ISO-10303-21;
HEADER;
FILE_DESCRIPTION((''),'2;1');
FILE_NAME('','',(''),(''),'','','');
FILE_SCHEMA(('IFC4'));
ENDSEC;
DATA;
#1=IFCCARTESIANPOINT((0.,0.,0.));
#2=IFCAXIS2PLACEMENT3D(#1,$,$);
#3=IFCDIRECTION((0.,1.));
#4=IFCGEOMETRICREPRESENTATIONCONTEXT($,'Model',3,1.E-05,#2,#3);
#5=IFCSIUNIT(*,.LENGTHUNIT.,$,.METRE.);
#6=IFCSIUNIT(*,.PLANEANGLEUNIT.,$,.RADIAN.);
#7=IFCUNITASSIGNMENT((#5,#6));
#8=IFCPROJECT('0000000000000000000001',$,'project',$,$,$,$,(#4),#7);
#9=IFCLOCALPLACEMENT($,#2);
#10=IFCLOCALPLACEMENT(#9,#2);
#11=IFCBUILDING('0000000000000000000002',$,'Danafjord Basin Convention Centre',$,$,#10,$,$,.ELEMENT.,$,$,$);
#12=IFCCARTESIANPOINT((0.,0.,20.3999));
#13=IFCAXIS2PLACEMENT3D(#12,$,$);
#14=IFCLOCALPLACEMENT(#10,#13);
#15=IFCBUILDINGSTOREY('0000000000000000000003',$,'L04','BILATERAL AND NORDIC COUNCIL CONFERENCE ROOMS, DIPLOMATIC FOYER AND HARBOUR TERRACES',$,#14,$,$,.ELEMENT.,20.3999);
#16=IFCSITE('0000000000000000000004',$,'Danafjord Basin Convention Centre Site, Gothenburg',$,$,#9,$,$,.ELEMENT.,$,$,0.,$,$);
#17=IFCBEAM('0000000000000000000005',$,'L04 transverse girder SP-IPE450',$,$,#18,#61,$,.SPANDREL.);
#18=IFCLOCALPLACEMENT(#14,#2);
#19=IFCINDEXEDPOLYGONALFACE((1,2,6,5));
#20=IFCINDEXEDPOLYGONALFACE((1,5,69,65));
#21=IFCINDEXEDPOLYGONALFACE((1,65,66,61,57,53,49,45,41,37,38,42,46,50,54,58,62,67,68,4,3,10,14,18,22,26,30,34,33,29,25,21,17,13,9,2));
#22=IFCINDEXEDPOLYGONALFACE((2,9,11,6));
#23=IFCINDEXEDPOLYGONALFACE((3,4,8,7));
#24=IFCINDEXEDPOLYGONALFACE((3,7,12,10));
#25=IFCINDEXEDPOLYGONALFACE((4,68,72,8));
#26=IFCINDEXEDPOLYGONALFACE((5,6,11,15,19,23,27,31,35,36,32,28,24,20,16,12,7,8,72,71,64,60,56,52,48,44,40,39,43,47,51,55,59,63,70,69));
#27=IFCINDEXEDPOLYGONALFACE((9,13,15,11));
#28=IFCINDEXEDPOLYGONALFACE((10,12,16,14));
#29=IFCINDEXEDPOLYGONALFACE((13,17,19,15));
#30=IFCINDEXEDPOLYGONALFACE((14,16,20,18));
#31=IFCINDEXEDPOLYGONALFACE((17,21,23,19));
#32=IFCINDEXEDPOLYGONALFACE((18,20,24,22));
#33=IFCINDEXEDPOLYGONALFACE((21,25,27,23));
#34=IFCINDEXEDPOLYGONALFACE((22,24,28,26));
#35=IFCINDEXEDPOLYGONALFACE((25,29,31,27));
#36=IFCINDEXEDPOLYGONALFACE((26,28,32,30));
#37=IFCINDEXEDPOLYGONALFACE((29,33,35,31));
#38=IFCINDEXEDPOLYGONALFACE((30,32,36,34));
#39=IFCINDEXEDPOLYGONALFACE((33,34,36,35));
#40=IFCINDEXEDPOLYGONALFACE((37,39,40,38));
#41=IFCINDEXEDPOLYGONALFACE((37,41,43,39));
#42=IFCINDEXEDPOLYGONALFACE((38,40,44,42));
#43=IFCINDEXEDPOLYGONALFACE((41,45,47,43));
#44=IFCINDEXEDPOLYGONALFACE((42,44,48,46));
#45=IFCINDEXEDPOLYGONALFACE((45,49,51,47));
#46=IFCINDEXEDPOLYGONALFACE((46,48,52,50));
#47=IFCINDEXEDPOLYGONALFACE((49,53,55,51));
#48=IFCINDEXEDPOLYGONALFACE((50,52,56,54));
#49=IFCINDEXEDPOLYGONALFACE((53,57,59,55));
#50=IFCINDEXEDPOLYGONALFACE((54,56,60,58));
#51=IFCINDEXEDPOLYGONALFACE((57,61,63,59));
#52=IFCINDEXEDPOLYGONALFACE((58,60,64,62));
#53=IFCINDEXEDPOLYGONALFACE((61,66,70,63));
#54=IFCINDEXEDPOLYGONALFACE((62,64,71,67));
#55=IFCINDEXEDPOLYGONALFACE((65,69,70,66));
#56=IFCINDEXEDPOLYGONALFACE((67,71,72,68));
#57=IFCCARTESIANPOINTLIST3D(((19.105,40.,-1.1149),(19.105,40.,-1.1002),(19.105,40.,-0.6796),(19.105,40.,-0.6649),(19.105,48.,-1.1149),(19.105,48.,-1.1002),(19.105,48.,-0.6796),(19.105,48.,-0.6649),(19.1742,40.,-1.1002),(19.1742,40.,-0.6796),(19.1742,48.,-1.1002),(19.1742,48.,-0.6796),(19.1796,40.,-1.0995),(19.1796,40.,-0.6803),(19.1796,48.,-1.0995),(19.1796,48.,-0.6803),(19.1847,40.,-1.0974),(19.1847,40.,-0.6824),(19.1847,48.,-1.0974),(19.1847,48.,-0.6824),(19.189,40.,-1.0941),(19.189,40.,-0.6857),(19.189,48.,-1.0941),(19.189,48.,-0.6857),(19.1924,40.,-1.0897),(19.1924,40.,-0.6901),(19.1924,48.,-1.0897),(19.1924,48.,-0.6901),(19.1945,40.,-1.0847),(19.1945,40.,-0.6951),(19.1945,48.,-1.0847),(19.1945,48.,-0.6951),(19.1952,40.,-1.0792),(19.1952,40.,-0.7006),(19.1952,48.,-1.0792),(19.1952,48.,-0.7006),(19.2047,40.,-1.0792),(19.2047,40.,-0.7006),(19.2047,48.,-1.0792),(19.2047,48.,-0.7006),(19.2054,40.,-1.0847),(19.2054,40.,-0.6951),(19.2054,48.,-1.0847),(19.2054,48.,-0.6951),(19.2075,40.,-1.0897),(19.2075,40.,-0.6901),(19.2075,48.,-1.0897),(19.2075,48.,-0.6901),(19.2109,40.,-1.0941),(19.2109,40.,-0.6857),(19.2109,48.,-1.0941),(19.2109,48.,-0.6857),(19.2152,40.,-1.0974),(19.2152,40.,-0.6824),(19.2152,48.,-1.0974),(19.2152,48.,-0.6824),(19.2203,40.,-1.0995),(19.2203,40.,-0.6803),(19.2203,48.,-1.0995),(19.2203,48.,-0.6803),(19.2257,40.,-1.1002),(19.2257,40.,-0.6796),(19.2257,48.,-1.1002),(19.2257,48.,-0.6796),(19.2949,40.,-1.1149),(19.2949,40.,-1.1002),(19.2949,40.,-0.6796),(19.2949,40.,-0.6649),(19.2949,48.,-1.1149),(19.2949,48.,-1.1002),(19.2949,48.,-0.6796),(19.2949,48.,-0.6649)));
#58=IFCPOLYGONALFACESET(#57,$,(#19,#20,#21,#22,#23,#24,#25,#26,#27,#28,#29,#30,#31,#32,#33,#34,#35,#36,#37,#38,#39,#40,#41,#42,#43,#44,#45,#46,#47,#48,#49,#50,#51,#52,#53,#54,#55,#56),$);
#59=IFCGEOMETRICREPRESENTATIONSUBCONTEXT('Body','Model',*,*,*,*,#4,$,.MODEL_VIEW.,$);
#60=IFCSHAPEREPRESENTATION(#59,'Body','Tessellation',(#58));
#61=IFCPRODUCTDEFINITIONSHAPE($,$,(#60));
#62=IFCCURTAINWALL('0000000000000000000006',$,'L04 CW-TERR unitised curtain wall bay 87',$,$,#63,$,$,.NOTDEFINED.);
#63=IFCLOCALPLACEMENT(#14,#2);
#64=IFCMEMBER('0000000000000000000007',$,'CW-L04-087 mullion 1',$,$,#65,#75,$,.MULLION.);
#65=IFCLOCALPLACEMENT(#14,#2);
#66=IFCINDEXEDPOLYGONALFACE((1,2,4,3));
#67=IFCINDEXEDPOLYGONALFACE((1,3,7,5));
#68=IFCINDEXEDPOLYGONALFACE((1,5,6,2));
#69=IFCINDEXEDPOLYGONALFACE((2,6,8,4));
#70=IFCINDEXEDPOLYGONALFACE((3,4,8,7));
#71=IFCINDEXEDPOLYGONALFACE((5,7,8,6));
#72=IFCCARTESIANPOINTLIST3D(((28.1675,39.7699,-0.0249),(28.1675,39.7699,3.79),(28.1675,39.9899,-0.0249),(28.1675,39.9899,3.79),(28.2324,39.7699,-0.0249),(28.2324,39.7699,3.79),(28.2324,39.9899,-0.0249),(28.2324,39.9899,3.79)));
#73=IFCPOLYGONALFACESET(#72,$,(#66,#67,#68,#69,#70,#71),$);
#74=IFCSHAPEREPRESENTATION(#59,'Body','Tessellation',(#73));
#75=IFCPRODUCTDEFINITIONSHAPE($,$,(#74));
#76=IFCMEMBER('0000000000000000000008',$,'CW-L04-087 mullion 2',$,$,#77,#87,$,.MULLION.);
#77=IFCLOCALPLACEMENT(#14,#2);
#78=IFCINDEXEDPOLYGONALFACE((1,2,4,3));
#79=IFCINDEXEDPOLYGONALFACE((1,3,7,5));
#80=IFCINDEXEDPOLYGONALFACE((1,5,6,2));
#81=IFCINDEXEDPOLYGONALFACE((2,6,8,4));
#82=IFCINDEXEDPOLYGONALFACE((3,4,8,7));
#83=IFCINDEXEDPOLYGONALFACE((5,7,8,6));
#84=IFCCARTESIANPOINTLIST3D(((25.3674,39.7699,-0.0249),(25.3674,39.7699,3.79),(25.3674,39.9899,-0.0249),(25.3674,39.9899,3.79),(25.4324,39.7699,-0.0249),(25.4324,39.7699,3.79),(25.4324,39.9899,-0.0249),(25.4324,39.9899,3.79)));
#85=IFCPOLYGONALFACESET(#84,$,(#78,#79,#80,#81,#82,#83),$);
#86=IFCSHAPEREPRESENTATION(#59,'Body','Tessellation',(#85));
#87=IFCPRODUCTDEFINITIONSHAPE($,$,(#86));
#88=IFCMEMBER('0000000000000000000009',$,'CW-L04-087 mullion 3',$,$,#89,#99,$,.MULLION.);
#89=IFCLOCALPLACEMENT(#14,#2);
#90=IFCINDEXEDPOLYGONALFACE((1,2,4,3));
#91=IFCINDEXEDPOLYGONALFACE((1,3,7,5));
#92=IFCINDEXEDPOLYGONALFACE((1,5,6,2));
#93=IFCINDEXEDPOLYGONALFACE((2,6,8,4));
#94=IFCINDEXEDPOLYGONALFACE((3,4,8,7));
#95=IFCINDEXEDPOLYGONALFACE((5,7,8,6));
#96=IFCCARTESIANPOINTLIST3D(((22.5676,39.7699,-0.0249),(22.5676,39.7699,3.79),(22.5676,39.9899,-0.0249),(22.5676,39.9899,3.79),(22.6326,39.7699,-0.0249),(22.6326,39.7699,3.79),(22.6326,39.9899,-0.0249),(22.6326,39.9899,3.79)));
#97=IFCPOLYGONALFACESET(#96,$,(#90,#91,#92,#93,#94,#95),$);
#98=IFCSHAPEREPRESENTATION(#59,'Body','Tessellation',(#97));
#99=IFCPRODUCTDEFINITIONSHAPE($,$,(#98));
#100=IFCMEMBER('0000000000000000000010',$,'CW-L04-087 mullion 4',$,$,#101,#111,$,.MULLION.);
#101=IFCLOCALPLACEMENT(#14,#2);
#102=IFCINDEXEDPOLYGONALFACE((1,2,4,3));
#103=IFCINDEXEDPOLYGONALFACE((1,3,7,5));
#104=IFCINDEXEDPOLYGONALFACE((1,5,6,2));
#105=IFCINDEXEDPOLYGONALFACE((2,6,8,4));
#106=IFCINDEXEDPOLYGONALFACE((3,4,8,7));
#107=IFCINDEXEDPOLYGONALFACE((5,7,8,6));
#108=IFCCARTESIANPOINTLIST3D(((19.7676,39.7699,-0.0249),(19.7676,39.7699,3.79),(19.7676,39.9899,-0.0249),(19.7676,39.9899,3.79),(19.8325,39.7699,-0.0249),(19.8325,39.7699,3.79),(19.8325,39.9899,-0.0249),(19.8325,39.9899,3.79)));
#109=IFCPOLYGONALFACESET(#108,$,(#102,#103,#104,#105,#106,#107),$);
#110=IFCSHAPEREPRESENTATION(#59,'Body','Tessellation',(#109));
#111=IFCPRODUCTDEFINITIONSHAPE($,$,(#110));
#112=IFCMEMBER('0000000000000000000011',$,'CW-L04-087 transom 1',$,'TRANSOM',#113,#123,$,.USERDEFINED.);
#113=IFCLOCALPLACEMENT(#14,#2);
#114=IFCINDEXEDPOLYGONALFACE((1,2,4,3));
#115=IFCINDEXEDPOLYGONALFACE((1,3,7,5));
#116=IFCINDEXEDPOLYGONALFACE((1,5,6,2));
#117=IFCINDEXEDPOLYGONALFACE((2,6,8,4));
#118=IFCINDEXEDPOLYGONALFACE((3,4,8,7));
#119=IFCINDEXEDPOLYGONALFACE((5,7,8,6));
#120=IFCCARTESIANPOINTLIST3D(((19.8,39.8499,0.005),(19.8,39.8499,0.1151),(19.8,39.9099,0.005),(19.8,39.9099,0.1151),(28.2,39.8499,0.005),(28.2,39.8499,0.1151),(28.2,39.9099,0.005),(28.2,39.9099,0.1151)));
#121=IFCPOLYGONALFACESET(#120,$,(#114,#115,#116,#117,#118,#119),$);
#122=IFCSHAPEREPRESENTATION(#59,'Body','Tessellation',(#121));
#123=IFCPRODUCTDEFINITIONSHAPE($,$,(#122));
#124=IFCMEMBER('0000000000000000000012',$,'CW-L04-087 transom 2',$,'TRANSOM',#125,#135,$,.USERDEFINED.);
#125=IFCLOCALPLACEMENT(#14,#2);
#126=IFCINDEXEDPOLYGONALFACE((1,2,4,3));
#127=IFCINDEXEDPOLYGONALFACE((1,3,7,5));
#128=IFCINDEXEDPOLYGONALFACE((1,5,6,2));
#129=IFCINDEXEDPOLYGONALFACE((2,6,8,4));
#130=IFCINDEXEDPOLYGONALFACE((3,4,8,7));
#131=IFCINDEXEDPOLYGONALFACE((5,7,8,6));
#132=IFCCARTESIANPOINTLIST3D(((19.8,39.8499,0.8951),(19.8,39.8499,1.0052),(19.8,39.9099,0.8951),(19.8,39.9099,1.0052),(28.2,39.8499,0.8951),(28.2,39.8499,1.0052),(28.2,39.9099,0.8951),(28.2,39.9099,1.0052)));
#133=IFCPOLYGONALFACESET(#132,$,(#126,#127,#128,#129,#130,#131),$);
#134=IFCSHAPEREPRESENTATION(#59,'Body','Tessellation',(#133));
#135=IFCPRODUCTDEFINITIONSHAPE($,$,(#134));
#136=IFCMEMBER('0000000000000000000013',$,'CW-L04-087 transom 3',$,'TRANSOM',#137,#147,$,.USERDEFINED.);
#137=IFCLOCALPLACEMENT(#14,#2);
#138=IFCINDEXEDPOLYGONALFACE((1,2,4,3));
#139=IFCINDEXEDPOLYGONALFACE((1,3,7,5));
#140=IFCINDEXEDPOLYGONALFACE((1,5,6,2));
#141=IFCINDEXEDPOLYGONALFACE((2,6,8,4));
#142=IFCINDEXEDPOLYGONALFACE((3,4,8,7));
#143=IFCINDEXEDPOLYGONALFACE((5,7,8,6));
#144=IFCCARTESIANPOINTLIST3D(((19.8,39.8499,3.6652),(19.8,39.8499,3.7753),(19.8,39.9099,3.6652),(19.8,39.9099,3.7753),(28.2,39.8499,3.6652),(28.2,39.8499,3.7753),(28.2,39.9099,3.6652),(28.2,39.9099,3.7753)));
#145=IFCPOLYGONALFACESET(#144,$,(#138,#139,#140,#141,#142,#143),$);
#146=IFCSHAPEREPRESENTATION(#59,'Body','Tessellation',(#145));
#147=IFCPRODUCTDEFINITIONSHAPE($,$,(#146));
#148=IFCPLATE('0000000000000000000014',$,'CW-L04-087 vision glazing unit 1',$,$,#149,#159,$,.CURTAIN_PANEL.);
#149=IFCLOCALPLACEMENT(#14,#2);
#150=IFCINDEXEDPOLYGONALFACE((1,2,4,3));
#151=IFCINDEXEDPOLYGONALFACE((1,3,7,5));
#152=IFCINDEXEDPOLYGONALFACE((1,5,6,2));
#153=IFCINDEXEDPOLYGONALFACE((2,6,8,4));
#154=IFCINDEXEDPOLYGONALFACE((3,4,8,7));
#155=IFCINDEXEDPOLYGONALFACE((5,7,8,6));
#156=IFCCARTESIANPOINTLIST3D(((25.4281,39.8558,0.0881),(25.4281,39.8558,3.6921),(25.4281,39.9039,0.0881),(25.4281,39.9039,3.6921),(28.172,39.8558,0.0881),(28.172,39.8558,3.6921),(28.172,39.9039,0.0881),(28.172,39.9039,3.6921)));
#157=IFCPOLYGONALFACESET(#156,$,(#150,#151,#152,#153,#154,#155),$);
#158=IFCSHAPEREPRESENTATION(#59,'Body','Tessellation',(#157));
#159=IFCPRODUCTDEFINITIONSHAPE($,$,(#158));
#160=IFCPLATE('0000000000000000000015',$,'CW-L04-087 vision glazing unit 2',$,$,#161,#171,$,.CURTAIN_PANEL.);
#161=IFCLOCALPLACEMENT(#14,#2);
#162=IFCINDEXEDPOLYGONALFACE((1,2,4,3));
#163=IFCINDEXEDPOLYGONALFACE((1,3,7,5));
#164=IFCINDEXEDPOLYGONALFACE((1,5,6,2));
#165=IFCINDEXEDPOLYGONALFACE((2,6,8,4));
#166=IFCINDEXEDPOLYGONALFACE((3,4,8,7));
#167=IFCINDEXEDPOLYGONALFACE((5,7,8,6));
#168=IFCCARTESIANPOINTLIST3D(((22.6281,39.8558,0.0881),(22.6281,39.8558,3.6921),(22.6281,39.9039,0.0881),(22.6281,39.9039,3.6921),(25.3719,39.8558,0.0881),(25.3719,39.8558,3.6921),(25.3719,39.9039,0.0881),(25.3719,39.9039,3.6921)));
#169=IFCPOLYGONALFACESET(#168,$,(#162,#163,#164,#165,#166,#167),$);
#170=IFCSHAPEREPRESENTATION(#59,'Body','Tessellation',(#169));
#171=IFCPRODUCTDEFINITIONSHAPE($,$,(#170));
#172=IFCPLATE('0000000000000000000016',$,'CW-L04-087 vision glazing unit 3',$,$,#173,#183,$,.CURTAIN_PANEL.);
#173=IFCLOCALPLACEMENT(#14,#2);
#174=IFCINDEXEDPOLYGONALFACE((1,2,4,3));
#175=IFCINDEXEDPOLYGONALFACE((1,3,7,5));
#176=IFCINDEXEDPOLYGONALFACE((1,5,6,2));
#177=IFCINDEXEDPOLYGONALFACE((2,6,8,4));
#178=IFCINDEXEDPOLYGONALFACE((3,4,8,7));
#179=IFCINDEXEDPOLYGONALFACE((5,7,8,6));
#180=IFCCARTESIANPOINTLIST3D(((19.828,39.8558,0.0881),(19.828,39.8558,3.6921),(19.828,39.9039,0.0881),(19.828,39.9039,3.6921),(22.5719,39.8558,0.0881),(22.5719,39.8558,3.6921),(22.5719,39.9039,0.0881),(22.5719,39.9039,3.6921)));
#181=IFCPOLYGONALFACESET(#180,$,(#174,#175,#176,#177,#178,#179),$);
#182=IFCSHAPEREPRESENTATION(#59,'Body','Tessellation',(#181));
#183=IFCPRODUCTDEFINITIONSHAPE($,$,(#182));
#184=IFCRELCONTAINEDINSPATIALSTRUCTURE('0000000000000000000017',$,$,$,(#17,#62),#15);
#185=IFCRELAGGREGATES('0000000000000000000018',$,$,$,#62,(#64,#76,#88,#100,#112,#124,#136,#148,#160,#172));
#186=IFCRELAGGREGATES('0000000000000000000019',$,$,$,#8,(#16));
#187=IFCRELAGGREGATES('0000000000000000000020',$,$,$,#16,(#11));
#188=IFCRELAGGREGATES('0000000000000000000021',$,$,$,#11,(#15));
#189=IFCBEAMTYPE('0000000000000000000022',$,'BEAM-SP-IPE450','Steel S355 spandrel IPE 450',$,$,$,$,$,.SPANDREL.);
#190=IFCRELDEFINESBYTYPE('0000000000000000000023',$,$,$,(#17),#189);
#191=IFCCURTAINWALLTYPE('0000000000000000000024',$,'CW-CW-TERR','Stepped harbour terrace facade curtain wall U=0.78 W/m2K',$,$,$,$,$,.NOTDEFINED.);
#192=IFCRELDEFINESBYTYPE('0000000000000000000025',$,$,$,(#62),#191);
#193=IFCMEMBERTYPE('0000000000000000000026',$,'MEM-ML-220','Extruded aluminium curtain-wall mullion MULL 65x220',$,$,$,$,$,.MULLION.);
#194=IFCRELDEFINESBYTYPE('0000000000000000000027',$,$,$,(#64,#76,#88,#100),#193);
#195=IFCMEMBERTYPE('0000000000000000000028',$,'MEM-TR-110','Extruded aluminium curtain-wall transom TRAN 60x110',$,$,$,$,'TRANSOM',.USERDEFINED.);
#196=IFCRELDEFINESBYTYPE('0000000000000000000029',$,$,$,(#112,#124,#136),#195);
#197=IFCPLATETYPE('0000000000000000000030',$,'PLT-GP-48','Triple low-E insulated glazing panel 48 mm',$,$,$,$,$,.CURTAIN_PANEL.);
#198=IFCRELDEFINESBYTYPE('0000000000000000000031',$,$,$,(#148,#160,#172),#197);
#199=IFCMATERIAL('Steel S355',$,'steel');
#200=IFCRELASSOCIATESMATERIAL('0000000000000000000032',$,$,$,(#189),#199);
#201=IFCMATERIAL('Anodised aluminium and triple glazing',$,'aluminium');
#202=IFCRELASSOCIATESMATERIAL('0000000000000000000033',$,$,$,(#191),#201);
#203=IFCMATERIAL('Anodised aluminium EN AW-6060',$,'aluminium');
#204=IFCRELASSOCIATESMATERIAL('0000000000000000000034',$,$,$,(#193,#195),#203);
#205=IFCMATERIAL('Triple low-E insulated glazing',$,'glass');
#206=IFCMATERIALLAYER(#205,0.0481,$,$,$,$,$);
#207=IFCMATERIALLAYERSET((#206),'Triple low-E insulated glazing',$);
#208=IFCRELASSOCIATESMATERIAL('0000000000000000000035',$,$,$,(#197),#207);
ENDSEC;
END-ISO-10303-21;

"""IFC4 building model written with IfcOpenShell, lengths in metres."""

from ifc_helpers import new_model, si_unit, direction, frame, origin, origin_2d, place, context, subcontext, project, spatial, rectangle, i_section, extrude, material, layer, layer_set, material_profile, profile_set, type_object, element, aggregate, save


model = new_model("IFC4")

# Units and contexts
model_context = context("Model", 3, precision=1e-05, world=origin(), true_north=direction((0.0, 1.0)))
body_context = subcontext(model_context, "Body", "Model", "MODEL_VIEW")
ifc_project = project(units=[si_unit("LENGTHUNIT", "METRE"), si_unit("PLANEANGLEUNIT", "RADIAN")], contexts=[model_context])

# Site, building, storey
site_placement = place(None, origin())
site = spatial("IfcSite", under=ifc_project, at=site_placement, Name="Danafjord Basin Convention Centre Site, Gothenburg", CompositionType="ELEMENT", RefElevation=0.0)
building_placement = place(site_placement, origin())
building = spatial("IfcBuilding", under=site, at=building_placement, Name="Danafjord Basin Convention Centre", CompositionType="ELEMENT")
storey_placement = place(building_placement, frame((0.0, 0.0, 20.3999)))
storey = spatial("IfcBuildingStorey", under=building, at=storey_placement, Name="L04", Description="BILATERAL AND NORDIC COUNCIL CONFERENCE ROOMS, DIPLOMATIC FOYER AND HARBOUR TERRACES", CompositionType="ELEMENT", Elevation=20.3999)

# Shared definitions
ifc_material_1 = material(Name="Steel S355", Category="steel")

# Beam
ifc_material_profile_1 = material_profile(ifc_material_1, i_section(OverallWidth=0.1899, OverallDepth=0.45, WebThickness=0.0095, FlangeThickness=0.0146, FilletRadius=0.021, at=origin_2d()), Name="IPE 450")
ifc_profile_set_1 = profile_set([ifc_material_profile_1], Name="Steel S355")
beam_type_1 = type_object("IfcBeamType", Name="BEAM-SP-IPE450", Description="Steel S355 spandrel IPE 450", PredefinedType="SPANDREL", material=ifc_profile_set_1)
beam_1_placement = place(storey_placement, frame((19.2, 40.0, -0.8899), z_axis=(0.0, 1.0, 0.0), x_axis=(-1.0, 0.0, 0.0)))
element("IfcBeam", 1, at=beam_1_placement, inside=storey, type_object=beam_type_1, Name="L04 transverse girder SP-IPE450", PredefinedType="SPANDREL", context=body_context, shape_type="SweptSolid", body=[
    extrude(i_section(OverallWidth=0.1899, OverallDepth=0.45, WebThickness=0.0095, FlangeThickness=0.0146, FilletRadius=0.021, at=origin_2d()), origin(), (0.0, 0.0, 1.0), 8.0),
])

# Curtain wall, members, plates
ifc_material_2 = material(Name="Anodised aluminium and triple glazing", Category="aluminium")
curtain_wall_type = type_object("IfcCurtainWallType", Name="CW-CW-TERR", Description="Stepped harbour terrace facade curtain wall U=0.78 W/m2K", PredefinedType="NOTDEFINED", material=ifc_material_2)
curtain_wall_placement = place(storey_placement, origin())
curtain_wall = element("IfcCurtainWall", 2, at=curtain_wall_placement, inside=storey, type_object=curtain_wall_type, Name="L04 CW-TERR unitised curtain wall bay 87", PredefinedType="NOTDEFINED")
ifc_material_3 = material(Name="Anodised aluminium EN AW-6060", Category="aluminium")
ifc_material_profile_2 = material_profile(ifc_material_3, rectangle(XDim=0.0649, YDim=0.22, at=origin_2d()), Name="MULL 65x220")
ifc_profile_set_2 = profile_set([ifc_material_profile_2], Name="Anodised aluminium EN AW-6060")
member_type_1 = type_object("IfcMemberType", Name="MEM-ML-220", Description="Extruded aluminium curtain-wall mullion MULL 65x220", PredefinedType="MULLION", material=ifc_profile_set_2)
member_1_placement = place(storey_placement, frame((28.2, 39.8799, -0.0249), z_axis=(0.0, 0.0, 1.0), x_axis=(-1.0, 0.0, 0.0)))
member_1 = element("IfcMember", 3, at=member_1_placement, type_object=member_type_1, Name="CW-L04-087 mullion 1", PredefinedType="MULLION", context=body_context, shape_type="SweptSolid", body=[
    extrude(rectangle(XDim=0.0649, YDim=0.22, at=origin_2d()), origin(), (0.0, 0.0, 1.0), 3.8149),
])
member_2_placement = place(storey_placement, frame((25.3999, 39.8799, -0.0249), z_axis=(0.0, 0.0, 1.0), x_axis=(-1.0, 0.0, 0.0)))
member_2 = element("IfcMember", 4, at=member_2_placement, type_object=member_type_1, Name="CW-L04-087 mullion 2", PredefinedType="MULLION", context=body_context, shape_type="SweptSolid", body=[
    extrude(rectangle(XDim=0.0649, YDim=0.22, at=origin_2d()), origin(), (0.0, 0.0, 1.0), 3.8149),
])
member_3_placement = place(storey_placement, frame((22.6001, 39.8799, -0.0249), z_axis=(0.0, 0.0, 1.0), x_axis=(-1.0, 0.0, 0.0)))
member_3 = element("IfcMember", 5, at=member_3_placement, type_object=member_type_1, Name="CW-L04-087 mullion 3", PredefinedType="MULLION", context=body_context, shape_type="SweptSolid", body=[
    extrude(rectangle(XDim=0.0649, YDim=0.22, at=origin_2d()), origin(), (0.0, 0.0, 1.0), 3.8149),
])
member_4_placement = place(storey_placement, frame((19.8, 39.8799, -0.0249), z_axis=(0.0, 0.0, 1.0), x_axis=(-1.0, 0.0, 0.0)))
member_4 = element("IfcMember", 6, at=member_4_placement, type_object=member_type_1, Name="CW-L04-087 mullion 4", PredefinedType="MULLION", context=body_context, shape_type="SweptSolid", body=[
    extrude(rectangle(XDim=0.0649, YDim=0.22, at=origin_2d()), origin(), (0.0, 0.0, 1.0), 3.8149),
])
ifc_material_profile_3 = material_profile(ifc_material_3, rectangle(XDim=0.0601, YDim=0.1101, at=origin_2d()), Name="TRAN 60x110")
ifc_profile_set_3 = profile_set([ifc_material_profile_3], Name="Anodised aluminium EN AW-6060")
member_type_2 = type_object("IfcMemberType", Name="MEM-TR-110", Description="Extruded aluminium curtain-wall transom TRAN 60x110", ElementType="TRANSOM", PredefinedType="USERDEFINED", material=ifc_profile_set_3)
member_5_placement = place(storey_placement, frame((28.2, 39.8799, 0.0601), z_axis=(-1.0, 0.0, 0.0), x_axis=(0.0, -1.0, 0.0)))
member_5 = element("IfcMember", 7, at=member_5_placement, type_object=member_type_2, Name="CW-L04-087 transom 1", ObjectType="TRANSOM", PredefinedType="USERDEFINED", context=body_context, shape_type="SweptSolid", body=[
    extrude(rectangle(XDim=0.0601, YDim=0.1101, at=origin_2d()), origin(), (0.0, 0.0, 1.0), 8.3999),
])
member_6_placement = place(storey_placement, frame((28.2, 39.8799, 0.9502), z_axis=(-1.0, 0.0, 0.0), x_axis=(0.0, -1.0, 0.0)))
member_6 = element("IfcMember", 8, at=member_6_placement, type_object=member_type_2, Name="CW-L04-087 transom 2", ObjectType="TRANSOM", PredefinedType="USERDEFINED", context=body_context, shape_type="SweptSolid", body=[
    extrude(rectangle(XDim=0.0601, YDim=0.1101, at=origin_2d()), origin(), (0.0, 0.0, 1.0), 8.3999),
])
member_7_placement = place(storey_placement, frame((28.2, 39.8799, 3.7202), z_axis=(-1.0, 0.0, 0.0), x_axis=(0.0, -1.0, 0.0)))
member_7 = element("IfcMember", 9, at=member_7_placement, type_object=member_type_2, Name="CW-L04-087 transom 3", ObjectType="TRANSOM", PredefinedType="USERDEFINED", context=body_context, shape_type="SweptSolid", body=[
    extrude(rectangle(XDim=0.0601, YDim=0.1101, at=origin_2d()), origin(), (0.0, 0.0, 1.0), 8.3999),
])
ifc_material_4 = material(Name="Triple low-E insulated glazing", Category="glass")
ifc_layer_1 = layer(ifc_material_4, 0.0481)
ifc_layer_set_1 = layer_set([ifc_layer_1], Name="Triple low-E insulated glazing")
plate_type = type_object("IfcPlateType", Name="PLT-GP-48", Description="Triple low-E insulated glazing panel 48 mm", PredefinedType="CURTAIN_PANEL", material=ifc_layer_set_1)
plate_1_placement = place(storey_placement, frame((26.8, 39.8799, 0.0881), z_axis=(0.0, 0.0, 1.0), x_axis=(-1.0, 0.0, 0.0)))
plate_1 = element("IfcPlate", 10, at=plate_1_placement, type_object=plate_type, Name="CW-L04-087 vision glazing unit 1", PredefinedType="CURTAIN_PANEL", context=body_context, shape_type="SweptSolid", body=[
    extrude(rectangle(XDim=2.7439, YDim=0.0481, at=origin_2d()), origin(), (0.0, 0.0, 1.0), 3.604),
])
plate_2_placement = place(storey_placement, frame((24.0, 39.8799, 0.0881), z_axis=(0.0, 0.0, 1.0), x_axis=(-1.0, 0.0, 0.0)))
plate_2 = element("IfcPlate", 11, at=plate_2_placement, type_object=plate_type, Name="CW-L04-087 vision glazing unit 2", PredefinedType="CURTAIN_PANEL", context=body_context, shape_type="SweptSolid", body=[
    extrude(rectangle(XDim=2.7439, YDim=0.0481, at=origin_2d()), origin(), (0.0, 0.0, 1.0), 3.604),
])
plate_3_placement = place(storey_placement, frame((21.2, 39.8799, 0.0881), z_axis=(0.0, 0.0, 1.0), x_axis=(-1.0, 0.0, 0.0)))
plate_3 = element("IfcPlate", 12, at=plate_3_placement, type_object=plate_type, Name="CW-L04-087 vision glazing unit 3", PredefinedType="CURTAIN_PANEL", context=body_context, shape_type="SweptSolid", body=[
    extrude(rectangle(XDim=2.7439, YDim=0.0481, at=origin_2d()), origin(), (0.0, 0.0, 1.0), 3.604),
])
aggregate(curtain_wall, [member_1, member_2, member_3, member_4, member_5, member_6, member_7, plate_1, plate_2, plate_3])

save(model, "model.ifc")
